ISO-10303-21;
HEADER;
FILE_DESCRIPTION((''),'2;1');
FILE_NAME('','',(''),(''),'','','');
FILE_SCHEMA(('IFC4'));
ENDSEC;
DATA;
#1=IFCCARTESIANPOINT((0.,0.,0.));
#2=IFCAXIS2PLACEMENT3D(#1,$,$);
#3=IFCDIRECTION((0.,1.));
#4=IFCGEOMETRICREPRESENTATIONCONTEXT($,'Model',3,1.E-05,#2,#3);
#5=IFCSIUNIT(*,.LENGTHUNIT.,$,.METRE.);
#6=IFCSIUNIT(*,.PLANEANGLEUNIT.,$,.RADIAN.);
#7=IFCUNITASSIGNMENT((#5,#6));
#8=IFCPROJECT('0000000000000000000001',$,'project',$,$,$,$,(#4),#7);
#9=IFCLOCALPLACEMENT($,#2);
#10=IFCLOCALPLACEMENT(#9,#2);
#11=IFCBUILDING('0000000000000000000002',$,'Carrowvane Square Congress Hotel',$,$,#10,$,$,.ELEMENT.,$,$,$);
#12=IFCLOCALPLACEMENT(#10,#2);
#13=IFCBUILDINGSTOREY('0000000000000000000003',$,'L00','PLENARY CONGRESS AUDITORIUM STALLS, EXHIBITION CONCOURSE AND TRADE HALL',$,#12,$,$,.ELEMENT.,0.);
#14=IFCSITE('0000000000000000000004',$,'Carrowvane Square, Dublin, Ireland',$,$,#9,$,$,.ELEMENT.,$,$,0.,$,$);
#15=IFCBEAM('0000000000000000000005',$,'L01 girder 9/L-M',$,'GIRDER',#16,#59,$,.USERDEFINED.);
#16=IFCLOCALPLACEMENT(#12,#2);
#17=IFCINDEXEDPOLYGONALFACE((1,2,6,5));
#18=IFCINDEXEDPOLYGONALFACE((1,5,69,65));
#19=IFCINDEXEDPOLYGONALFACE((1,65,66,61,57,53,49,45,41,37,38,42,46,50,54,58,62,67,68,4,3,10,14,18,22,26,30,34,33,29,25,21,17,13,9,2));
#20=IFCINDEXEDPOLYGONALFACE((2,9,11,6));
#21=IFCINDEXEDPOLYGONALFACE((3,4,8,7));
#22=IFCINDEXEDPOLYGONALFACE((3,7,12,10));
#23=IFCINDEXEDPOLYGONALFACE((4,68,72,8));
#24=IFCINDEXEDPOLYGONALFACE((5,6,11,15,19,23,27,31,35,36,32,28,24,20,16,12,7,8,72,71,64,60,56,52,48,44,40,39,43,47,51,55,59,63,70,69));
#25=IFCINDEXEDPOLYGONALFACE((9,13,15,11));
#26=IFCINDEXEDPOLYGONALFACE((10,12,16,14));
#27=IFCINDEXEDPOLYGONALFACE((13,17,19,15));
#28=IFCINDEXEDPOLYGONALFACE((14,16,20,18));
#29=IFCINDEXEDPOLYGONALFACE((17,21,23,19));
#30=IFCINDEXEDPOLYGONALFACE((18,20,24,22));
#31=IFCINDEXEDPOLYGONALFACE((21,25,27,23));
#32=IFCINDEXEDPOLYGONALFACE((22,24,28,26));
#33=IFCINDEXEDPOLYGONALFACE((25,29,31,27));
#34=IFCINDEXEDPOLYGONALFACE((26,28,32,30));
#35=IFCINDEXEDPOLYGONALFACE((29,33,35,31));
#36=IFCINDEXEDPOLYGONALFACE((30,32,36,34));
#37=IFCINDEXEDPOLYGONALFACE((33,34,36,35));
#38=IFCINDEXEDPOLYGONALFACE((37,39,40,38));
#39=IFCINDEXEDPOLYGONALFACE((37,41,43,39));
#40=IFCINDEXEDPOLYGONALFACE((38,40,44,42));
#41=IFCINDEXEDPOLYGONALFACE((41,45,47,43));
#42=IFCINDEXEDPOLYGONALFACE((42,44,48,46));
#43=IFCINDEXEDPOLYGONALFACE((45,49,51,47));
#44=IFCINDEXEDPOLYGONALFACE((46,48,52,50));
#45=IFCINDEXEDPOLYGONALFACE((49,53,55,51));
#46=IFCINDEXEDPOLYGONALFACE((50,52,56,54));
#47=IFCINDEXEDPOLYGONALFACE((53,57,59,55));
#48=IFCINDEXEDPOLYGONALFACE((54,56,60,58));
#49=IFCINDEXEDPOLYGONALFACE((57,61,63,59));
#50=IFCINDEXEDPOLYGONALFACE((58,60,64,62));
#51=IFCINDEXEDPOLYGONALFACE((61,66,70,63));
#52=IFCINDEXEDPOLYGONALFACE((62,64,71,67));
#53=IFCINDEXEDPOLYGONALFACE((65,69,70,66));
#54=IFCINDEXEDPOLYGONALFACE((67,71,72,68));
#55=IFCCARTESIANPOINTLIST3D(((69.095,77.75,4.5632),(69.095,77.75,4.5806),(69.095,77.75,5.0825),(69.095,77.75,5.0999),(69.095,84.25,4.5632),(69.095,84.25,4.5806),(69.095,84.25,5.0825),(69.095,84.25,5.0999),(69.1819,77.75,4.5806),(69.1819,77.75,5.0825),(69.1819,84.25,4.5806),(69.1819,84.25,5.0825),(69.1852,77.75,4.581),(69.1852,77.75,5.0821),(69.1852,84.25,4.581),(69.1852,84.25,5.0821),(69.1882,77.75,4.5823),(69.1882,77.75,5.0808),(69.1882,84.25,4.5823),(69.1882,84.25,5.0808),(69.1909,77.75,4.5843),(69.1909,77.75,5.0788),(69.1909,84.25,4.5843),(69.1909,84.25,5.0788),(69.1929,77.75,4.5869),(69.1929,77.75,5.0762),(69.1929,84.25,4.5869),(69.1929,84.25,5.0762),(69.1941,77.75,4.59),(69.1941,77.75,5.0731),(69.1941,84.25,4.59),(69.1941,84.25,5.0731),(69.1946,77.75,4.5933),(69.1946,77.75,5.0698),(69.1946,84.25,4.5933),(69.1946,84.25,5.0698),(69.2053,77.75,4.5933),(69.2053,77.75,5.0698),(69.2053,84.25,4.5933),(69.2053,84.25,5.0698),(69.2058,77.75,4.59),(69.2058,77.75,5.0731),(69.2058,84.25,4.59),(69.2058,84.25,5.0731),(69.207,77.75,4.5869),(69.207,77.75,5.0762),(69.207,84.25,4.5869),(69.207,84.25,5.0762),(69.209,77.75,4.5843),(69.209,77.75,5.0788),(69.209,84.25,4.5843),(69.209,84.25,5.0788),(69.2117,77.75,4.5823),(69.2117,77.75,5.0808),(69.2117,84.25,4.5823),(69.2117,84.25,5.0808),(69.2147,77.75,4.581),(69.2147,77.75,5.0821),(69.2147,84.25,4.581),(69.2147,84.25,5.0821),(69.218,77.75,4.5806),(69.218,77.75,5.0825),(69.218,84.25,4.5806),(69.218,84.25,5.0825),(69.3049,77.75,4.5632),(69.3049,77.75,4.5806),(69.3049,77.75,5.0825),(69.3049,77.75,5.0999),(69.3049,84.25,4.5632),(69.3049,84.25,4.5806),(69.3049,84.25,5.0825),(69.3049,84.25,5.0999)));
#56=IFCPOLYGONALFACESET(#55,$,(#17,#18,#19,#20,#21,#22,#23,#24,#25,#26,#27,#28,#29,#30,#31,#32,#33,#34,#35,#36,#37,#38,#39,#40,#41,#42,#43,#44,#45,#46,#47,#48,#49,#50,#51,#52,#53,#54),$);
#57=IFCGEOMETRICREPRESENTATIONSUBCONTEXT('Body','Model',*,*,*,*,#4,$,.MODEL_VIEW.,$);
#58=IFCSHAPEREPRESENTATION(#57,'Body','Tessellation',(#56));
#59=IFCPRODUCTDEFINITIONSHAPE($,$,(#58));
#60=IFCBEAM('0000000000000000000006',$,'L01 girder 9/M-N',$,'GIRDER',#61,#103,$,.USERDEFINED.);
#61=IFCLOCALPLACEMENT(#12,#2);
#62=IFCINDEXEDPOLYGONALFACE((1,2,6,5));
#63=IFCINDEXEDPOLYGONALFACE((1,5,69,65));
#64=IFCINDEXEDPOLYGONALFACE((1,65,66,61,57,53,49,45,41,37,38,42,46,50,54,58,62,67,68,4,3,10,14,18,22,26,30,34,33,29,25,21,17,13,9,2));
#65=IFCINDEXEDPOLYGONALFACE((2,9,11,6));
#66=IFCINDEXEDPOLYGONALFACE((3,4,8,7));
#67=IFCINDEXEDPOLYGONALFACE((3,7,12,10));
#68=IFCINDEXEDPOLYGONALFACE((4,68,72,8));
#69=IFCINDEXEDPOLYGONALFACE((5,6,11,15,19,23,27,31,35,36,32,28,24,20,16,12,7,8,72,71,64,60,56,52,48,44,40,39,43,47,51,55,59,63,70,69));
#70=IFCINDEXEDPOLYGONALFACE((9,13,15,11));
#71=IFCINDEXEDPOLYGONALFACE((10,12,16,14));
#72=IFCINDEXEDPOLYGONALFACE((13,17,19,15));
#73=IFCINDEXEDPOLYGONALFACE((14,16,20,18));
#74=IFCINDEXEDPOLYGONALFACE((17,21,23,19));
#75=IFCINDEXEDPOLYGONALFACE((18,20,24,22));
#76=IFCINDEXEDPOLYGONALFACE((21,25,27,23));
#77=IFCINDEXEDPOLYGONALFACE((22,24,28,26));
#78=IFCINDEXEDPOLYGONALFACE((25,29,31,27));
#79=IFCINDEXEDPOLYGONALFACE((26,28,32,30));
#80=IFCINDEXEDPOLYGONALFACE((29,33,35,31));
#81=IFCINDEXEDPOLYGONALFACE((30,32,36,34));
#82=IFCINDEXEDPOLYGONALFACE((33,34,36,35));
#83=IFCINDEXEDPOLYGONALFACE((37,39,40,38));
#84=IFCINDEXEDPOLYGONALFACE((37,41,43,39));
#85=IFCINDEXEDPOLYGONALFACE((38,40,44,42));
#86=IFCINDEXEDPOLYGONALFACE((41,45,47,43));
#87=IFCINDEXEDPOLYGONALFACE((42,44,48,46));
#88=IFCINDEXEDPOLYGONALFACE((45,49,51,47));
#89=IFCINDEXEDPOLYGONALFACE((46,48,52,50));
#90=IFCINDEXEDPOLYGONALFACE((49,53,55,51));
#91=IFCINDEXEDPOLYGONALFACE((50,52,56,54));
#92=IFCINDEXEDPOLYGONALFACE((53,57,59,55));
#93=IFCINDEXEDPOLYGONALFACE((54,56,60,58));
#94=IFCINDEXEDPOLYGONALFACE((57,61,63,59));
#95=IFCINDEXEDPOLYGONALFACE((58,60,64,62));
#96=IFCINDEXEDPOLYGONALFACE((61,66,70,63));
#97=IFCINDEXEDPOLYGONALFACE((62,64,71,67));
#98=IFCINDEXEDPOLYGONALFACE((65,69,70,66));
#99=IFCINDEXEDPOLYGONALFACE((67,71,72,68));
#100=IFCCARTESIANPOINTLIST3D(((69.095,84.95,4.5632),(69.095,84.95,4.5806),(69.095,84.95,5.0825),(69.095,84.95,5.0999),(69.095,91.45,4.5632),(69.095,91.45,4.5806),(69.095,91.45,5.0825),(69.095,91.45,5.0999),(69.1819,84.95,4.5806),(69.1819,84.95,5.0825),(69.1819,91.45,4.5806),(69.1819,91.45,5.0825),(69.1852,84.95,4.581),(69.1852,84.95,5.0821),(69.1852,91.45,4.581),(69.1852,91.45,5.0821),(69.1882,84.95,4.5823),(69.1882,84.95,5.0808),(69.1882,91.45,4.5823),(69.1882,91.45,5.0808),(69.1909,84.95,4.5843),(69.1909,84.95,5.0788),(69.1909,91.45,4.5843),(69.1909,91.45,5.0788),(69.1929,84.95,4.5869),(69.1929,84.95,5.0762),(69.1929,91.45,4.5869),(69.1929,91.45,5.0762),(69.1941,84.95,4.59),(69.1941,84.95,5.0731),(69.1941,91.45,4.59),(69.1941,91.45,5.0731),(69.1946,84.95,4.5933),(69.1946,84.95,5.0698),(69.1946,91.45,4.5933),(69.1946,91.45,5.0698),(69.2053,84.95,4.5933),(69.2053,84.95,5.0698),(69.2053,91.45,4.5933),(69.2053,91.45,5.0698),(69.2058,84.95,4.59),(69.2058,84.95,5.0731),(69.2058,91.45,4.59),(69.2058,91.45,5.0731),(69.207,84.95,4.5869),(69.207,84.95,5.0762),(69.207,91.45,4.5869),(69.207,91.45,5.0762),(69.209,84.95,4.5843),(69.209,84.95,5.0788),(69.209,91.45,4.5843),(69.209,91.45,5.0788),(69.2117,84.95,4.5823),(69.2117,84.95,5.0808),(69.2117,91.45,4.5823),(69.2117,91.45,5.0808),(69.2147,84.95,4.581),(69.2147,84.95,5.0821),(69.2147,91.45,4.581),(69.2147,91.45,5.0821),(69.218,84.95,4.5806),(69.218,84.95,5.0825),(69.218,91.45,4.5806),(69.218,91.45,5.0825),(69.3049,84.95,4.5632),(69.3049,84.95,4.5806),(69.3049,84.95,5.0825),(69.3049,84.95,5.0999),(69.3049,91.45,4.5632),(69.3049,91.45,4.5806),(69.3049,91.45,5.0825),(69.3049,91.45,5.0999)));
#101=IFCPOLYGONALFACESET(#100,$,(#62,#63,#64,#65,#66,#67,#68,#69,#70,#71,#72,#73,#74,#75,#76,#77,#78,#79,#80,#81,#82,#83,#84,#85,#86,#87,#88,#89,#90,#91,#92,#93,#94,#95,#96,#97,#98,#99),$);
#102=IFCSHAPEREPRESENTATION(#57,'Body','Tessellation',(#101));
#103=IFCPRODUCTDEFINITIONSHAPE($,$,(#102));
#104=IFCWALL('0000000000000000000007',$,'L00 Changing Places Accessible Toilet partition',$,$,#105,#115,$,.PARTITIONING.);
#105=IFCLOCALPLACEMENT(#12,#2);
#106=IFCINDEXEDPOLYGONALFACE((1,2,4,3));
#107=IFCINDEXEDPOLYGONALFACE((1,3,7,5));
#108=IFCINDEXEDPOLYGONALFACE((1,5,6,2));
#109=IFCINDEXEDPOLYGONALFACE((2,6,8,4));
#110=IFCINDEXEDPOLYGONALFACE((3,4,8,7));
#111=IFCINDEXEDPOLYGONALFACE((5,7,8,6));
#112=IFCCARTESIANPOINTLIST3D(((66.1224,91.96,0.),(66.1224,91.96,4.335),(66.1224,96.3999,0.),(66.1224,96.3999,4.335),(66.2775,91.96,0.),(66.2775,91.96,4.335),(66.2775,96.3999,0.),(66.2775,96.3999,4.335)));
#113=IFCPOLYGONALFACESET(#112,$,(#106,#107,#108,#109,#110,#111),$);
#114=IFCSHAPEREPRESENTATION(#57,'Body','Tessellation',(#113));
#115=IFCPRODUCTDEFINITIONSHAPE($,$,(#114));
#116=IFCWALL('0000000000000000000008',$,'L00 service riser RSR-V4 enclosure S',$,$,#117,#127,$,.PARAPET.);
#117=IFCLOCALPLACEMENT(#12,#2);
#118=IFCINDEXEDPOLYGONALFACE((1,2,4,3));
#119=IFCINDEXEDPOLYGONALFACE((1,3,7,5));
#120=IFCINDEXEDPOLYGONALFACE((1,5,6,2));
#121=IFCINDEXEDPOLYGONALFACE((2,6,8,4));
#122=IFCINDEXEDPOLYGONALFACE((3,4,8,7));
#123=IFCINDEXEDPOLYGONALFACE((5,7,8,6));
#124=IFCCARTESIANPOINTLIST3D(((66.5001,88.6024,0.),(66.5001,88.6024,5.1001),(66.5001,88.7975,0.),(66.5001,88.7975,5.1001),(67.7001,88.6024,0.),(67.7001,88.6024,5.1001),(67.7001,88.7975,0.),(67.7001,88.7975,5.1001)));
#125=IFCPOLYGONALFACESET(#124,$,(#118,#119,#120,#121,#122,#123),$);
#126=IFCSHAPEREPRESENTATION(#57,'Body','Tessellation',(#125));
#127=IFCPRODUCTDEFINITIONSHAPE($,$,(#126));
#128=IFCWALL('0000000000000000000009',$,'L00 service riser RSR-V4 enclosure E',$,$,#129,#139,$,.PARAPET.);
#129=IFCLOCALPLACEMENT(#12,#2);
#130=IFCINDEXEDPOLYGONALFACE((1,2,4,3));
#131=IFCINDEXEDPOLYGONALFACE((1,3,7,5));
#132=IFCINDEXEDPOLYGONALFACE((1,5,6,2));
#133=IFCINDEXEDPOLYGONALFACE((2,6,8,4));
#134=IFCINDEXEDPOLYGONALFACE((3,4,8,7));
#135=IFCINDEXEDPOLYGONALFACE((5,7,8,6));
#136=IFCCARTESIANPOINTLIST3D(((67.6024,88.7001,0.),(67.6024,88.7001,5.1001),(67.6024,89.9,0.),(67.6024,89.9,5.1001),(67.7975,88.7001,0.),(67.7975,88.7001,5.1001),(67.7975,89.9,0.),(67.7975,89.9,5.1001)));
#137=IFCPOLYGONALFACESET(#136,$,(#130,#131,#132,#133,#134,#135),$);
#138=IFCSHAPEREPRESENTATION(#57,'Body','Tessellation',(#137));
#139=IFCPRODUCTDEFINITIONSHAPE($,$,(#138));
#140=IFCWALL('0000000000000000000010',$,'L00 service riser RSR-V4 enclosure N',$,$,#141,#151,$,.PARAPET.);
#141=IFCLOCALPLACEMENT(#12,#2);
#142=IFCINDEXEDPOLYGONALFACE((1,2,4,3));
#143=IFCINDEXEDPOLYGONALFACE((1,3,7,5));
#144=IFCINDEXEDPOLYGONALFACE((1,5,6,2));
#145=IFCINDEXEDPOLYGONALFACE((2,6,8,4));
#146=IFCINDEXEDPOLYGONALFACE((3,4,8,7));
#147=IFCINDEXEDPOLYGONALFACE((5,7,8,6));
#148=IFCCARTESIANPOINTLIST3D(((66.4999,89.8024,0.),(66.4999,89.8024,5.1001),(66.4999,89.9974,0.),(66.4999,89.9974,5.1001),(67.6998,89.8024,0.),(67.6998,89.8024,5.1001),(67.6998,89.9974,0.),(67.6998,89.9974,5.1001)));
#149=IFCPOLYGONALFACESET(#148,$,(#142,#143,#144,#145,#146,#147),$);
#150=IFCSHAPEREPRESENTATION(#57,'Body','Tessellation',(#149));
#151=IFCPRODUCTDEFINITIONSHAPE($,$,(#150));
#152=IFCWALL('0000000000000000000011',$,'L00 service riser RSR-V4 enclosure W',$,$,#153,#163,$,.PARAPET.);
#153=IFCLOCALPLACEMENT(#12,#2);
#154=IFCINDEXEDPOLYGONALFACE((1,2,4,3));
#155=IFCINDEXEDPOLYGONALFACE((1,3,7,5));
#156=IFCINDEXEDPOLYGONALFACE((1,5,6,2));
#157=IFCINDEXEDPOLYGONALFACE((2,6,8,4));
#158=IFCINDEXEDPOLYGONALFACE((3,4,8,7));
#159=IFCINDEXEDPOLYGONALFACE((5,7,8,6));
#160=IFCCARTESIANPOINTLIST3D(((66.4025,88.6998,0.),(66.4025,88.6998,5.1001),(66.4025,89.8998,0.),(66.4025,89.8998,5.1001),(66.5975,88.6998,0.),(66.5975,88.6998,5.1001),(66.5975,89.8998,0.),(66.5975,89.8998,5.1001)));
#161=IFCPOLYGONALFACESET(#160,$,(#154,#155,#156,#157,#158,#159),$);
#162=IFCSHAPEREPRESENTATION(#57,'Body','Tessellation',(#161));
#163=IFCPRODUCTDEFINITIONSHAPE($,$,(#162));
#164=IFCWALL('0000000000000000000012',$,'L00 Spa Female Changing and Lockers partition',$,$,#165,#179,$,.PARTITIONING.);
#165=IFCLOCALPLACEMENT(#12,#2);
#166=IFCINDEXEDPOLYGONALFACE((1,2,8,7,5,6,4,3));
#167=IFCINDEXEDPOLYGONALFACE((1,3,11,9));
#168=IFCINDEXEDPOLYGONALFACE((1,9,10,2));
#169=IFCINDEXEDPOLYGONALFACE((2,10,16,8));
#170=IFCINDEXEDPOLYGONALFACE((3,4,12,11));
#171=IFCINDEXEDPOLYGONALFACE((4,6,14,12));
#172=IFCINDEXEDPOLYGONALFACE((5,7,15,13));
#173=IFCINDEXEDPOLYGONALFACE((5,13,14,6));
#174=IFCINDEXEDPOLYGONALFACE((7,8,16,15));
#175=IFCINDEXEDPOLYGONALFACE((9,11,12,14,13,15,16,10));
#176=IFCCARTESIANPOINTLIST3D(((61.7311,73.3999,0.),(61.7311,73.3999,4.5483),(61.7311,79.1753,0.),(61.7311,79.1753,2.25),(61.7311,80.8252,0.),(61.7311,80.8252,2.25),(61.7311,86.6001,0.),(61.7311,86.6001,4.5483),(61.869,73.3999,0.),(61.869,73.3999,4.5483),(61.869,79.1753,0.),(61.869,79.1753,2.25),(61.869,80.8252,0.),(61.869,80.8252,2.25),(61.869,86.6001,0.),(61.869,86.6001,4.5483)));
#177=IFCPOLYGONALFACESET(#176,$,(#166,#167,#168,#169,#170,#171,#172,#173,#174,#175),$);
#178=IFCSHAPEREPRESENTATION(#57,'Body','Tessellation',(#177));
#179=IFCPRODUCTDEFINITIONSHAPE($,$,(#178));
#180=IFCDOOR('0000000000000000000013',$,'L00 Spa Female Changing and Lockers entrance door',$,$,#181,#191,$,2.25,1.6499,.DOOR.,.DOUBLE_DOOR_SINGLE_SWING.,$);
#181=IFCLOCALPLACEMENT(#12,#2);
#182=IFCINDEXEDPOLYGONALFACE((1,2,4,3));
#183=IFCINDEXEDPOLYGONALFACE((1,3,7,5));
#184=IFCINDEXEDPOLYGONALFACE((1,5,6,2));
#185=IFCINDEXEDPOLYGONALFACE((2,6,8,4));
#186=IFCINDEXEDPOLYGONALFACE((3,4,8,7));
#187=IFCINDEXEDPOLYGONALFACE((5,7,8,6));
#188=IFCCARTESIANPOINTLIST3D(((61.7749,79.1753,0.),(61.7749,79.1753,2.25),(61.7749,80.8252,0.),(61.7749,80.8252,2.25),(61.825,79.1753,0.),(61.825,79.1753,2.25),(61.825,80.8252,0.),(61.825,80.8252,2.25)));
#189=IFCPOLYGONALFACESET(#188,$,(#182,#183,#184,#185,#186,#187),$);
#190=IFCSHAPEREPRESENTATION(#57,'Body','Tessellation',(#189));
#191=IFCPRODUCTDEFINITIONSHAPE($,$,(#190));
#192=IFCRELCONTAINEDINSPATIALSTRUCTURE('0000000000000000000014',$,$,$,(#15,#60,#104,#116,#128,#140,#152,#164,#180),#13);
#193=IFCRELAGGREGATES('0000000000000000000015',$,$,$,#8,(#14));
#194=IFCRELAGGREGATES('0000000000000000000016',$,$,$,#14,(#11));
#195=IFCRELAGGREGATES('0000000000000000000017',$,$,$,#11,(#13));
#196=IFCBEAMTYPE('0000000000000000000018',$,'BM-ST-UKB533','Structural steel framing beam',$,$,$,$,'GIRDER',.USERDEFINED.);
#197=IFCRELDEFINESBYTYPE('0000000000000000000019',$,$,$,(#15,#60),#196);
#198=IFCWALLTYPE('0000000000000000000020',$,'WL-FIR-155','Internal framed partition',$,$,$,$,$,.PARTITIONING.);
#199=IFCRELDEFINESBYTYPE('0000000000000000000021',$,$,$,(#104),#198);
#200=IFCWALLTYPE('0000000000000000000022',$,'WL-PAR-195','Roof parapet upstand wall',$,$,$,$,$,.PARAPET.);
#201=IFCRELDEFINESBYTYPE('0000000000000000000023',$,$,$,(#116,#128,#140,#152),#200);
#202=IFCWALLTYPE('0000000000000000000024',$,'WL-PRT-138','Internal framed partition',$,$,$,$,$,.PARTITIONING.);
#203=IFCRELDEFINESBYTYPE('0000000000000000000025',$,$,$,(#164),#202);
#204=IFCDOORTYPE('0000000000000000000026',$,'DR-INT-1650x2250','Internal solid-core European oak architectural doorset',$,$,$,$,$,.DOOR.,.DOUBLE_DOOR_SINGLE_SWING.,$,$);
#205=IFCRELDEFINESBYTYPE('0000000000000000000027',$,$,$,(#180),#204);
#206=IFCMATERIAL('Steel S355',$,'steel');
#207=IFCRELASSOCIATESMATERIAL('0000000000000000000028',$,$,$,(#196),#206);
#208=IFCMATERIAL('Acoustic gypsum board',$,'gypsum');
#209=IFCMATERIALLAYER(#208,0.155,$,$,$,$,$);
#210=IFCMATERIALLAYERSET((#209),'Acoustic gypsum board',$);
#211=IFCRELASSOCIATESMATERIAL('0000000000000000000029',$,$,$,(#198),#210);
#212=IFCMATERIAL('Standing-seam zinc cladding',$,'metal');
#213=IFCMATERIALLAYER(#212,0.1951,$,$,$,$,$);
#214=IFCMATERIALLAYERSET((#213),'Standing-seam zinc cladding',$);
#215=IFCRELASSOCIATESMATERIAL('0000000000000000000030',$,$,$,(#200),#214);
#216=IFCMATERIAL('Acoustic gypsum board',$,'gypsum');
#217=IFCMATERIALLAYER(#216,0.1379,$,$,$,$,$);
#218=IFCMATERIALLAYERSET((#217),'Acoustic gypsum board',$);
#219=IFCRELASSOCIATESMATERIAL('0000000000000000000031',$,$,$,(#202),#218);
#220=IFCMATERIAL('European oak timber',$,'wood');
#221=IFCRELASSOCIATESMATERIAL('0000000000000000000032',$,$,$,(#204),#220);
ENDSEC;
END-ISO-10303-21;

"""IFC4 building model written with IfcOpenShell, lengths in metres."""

from ifc_helpers import new_model, si_unit, direction, frame, frame_2d, origin, origin_2d, place, context, subcontext, project, spatial, rectangle, i_section, extrude, material, layer, layer_set, material_profile, profile_set, type_object, element, fill, save


model = new_model("IFC4")

# Units and contexts
model_context = context("Model", 3, precision=1e-05, world=origin(), true_north=direction((0.0, 1.0)))
body_context = subcontext(model_context, "Body", "Model", "MODEL_VIEW")
ifc_project = project(units=[si_unit("LENGTHUNIT", "METRE"), si_unit("PLANEANGLEUNIT", "RADIAN")], contexts=[model_context])

# Site, building, storey
site_placement = place(None, origin())
site = spatial("IfcSite", under=ifc_project, at=site_placement, Name="Carrowvane Square, Dublin, Ireland", CompositionType="ELEMENT", RefElevation=0.0)
building_placement = place(site_placement, origin())
building = spatial("IfcBuilding", under=site, at=building_placement, Name="Carrowvane Square Congress Hotel", CompositionType="ELEMENT")
storey_placement = place(building_placement, origin())
storey = spatial("IfcBuildingStorey", under=building, at=storey_placement, Name="L00", Description="PLENARY CONGRESS AUDITORIUM STALLS, EXHIBITION CONCOURSE AND TRADE HALL", CompositionType="ELEMENT", Elevation=0.0)

# Beams
ifc_material_1 = material(Name="Steel S355", Category="steel")
ifc_material_profile_1 = material_profile(ifc_material_1, i_section(OverallWidth=0.21, OverallDepth=0.5366, WebThickness=0.0107, FlangeThickness=0.0173, FilletRadius=0.0127, at=origin_2d()), Name="UKB 533x210x101")
ifc_profile_set_1 = profile_set([ifc_material_profile_1], Name="Steel S355")
beam_type_1 = type_object("IfcBeamType", Name="BM-ST-UKB533", Description="Structural steel framing beam", ElementType="GIRDER", PredefinedType="USERDEFINED", material=ifc_profile_set_1)
for number, where, z_axis, x_axis, name in (
    (1, (69.2, 77.75, 4.8315), (0.0, 1.0, 0.0), (-1.0, 0.0, 0.0), "L01 girder 9/L-M"),
    (2, (69.2, 84.95, 4.8315), (0.0, 1.0, 0.0), (-1.0, 0.0, 0.0), "L01 girder 9/M-N"),
):
    element("IfcBeam", number, at=place(storey_placement, frame(where, z_axis=z_axis, x_axis=x_axis)), inside=storey, type_object=beam_type_1, Name=name, ObjectType="GIRDER", PredefinedType="USERDEFINED", context=body_context, shape_type="SweptSolid", body=[
        extrude(i_section(OverallWidth=0.21, OverallDepth=0.5366, WebThickness=0.0107, FlangeThickness=0.0173, FilletRadius=0.0127, at=origin_2d()), origin(), (0.0, 0.0, 1.0), 6.5),
    ])

# Walls
ifc_material_2 = material(Name="Acoustic gypsum board", Category="gypsum")
ifc_layer_1 = layer(ifc_material_2, 0.155)
ifc_layer_set_1 = layer_set([ifc_layer_1], Name="Acoustic gypsum board")
wall_type_1 = type_object("IfcWallType", Name="WL-FIR-155", Description="Internal framed partition", PredefinedType="PARTITIONING", material=ifc_layer_set_1)
wall_1_placement = place(storey_placement, frame((66.2, 96.3999, 0.0), z_axis=(0.0, 0.0, 1.0), x_axis=(0.0, -1.0, 0.0)))
element("IfcWall", 3, at=wall_1_placement, inside=storey, type_object=wall_type_1, Name="L00 Changing Places Accessible Toilet partition", PredefinedType="PARTITIONING", context=body_context, shape_type="SweptSolid", body=[
    extrude(rectangle(XDim=4.4399, YDim=0.155, at=frame_2d((2.22, 0.0))), origin(), (0.0, 0.0, 1.0), 4.335),
])
ifc_material_3 = material(Name="Standing-seam zinc cladding", Category="metal")
ifc_layer_2 = layer(ifc_material_3, 0.1951)
ifc_layer_set_2 = layer_set([ifc_layer_2], Name="Standing-seam zinc cladding")
wall_type_2 = type_object("IfcWallType", Name="WL-PAR-195", Description="Roof parapet upstand wall", PredefinedType="PARAPET", material=ifc_layer_set_2)
for number, where, z_axis, x_axis, name in (
    (4, (66.5, 88.7, 0.0), (0.0, 0.0, 1.0), (1.0, 0.0, 0.0), "L00 service riser RSR-V4 enclosure S"),
    (5, (67.7, 88.7, 0.0), (0.0, 0.0, 1.0), (0.0, 1.0, 0.0), "L00 service riser RSR-V4 enclosure E"),
    (6, (67.7, 89.8999, 0.0), (0.0, 0.0, 1.0), (-1.0, 0.0, 0.0), "L00 service riser RSR-V4 enclosure N"),
    (7, (66.5, 89.8999, 0.0), (0.0, 0.0, 1.0), (0.0, -1.0, 0.0), "L00 service riser RSR-V4 enclosure W"),
):
    element("IfcWall", number, at=place(storey_placement, frame(where, z_axis=z_axis, x_axis=x_axis)), inside=storey, type_object=wall_type_2, Name=name, PredefinedType="PARAPET", context=body_context, shape_type="SweptSolid", body=[
        extrude(rectangle(XDim=1.2, YDim=0.1951, at=frame_2d((0.6001, 0.0))), origin(), (0.0, 0.0, 1.0), 5.1001),
    ])

# Wall, opening, door
ifc_material_4 = material(Name="Acoustic gypsum board", Category="gypsum")
ifc_layer_3 = layer(ifc_material_4, 0.1379)
ifc_layer_set_3 = layer_set([ifc_layer_3], Name="Acoustic gypsum board")
wall_type_3 = type_object("IfcWallType", Name="WL-PRT-138", Description="Internal framed partition", PredefinedType="PARTITIONING", material=ifc_layer_set_3)
wall_2_placement = place(storey_placement, frame((61.8, 86.6001, 0.0), z_axis=(0.0, 0.0, 1.0), x_axis=(0.0, -1.0, 0.0)))
wall_2 = element("IfcWall", 8, at=wall_2_placement, inside=storey, type_object=wall_type_3, Name="L00 Spa Female Changing and Lockers partition", PredefinedType="PARTITIONING", context=body_context, shape_type="SweptSolid", body=[
    extrude(rectangle(XDim=13.2002, YDim=0.1379, at=frame_2d((6.6001, 0.0))), origin(), (0.0, 0.0, 1.0), 4.5483),
])
opening_1_placement = place(wall_2_placement, frame((5.7749, 0.0, 0.0)))
opening_1 = element("IfcOpeningElement", 9, at=opening_1_placement, cuts=wall_2, PredefinedType="OPENING", context=body_context, shape_type="SweptSolid", body=[
    extrude(rectangle(XDim=1.6499, YDim=2.25, at=frame_2d((0.825, 1.125))), frame((0.0, 0.0789, 0.0), z_axis=(0.0, -1.0, 0.0), x_axis=(1.0, 0.0, 0.0)), (0.0, 0.0, 1.0), 0.158),
])
ifc_material_5 = material(Name="European oak timber", Category="wood")
door_type_1 = type_object("IfcDoorType", Name="DR-INT-1650x2250", Description="Internal solid-core European oak architectural doorset", OperationType="DOUBLE_DOOR_SINGLE_SWING", PredefinedType="DOOR", material=ifc_material_5)
door_1_placement = place(opening_1_placement, origin())
door_1 = element("IfcDoor", 10, at=door_1_placement, inside=storey, type_object=door_type_1, Name="L00 Spa Female Changing and Lockers entrance door", OperationType="DOUBLE_DOOR_SINGLE_SWING", OverallHeight=2.25, OverallWidth=1.6499, PredefinedType="DOOR", context=body_context, shape_type="SweptSolid", body=[
    extrude(rectangle(XDim=1.6499, YDim=2.25, at=frame_2d((0.825, 1.125))), frame((0.0, 0.0249, 0.0), z_axis=(0.0, -1.0, 0.0), x_axis=(1.0, 0.0, 0.0)), (0.0, 0.0, 1.0), 0.05),
])
fill(opening_1, door_1)

save(model, "model.ifc")
